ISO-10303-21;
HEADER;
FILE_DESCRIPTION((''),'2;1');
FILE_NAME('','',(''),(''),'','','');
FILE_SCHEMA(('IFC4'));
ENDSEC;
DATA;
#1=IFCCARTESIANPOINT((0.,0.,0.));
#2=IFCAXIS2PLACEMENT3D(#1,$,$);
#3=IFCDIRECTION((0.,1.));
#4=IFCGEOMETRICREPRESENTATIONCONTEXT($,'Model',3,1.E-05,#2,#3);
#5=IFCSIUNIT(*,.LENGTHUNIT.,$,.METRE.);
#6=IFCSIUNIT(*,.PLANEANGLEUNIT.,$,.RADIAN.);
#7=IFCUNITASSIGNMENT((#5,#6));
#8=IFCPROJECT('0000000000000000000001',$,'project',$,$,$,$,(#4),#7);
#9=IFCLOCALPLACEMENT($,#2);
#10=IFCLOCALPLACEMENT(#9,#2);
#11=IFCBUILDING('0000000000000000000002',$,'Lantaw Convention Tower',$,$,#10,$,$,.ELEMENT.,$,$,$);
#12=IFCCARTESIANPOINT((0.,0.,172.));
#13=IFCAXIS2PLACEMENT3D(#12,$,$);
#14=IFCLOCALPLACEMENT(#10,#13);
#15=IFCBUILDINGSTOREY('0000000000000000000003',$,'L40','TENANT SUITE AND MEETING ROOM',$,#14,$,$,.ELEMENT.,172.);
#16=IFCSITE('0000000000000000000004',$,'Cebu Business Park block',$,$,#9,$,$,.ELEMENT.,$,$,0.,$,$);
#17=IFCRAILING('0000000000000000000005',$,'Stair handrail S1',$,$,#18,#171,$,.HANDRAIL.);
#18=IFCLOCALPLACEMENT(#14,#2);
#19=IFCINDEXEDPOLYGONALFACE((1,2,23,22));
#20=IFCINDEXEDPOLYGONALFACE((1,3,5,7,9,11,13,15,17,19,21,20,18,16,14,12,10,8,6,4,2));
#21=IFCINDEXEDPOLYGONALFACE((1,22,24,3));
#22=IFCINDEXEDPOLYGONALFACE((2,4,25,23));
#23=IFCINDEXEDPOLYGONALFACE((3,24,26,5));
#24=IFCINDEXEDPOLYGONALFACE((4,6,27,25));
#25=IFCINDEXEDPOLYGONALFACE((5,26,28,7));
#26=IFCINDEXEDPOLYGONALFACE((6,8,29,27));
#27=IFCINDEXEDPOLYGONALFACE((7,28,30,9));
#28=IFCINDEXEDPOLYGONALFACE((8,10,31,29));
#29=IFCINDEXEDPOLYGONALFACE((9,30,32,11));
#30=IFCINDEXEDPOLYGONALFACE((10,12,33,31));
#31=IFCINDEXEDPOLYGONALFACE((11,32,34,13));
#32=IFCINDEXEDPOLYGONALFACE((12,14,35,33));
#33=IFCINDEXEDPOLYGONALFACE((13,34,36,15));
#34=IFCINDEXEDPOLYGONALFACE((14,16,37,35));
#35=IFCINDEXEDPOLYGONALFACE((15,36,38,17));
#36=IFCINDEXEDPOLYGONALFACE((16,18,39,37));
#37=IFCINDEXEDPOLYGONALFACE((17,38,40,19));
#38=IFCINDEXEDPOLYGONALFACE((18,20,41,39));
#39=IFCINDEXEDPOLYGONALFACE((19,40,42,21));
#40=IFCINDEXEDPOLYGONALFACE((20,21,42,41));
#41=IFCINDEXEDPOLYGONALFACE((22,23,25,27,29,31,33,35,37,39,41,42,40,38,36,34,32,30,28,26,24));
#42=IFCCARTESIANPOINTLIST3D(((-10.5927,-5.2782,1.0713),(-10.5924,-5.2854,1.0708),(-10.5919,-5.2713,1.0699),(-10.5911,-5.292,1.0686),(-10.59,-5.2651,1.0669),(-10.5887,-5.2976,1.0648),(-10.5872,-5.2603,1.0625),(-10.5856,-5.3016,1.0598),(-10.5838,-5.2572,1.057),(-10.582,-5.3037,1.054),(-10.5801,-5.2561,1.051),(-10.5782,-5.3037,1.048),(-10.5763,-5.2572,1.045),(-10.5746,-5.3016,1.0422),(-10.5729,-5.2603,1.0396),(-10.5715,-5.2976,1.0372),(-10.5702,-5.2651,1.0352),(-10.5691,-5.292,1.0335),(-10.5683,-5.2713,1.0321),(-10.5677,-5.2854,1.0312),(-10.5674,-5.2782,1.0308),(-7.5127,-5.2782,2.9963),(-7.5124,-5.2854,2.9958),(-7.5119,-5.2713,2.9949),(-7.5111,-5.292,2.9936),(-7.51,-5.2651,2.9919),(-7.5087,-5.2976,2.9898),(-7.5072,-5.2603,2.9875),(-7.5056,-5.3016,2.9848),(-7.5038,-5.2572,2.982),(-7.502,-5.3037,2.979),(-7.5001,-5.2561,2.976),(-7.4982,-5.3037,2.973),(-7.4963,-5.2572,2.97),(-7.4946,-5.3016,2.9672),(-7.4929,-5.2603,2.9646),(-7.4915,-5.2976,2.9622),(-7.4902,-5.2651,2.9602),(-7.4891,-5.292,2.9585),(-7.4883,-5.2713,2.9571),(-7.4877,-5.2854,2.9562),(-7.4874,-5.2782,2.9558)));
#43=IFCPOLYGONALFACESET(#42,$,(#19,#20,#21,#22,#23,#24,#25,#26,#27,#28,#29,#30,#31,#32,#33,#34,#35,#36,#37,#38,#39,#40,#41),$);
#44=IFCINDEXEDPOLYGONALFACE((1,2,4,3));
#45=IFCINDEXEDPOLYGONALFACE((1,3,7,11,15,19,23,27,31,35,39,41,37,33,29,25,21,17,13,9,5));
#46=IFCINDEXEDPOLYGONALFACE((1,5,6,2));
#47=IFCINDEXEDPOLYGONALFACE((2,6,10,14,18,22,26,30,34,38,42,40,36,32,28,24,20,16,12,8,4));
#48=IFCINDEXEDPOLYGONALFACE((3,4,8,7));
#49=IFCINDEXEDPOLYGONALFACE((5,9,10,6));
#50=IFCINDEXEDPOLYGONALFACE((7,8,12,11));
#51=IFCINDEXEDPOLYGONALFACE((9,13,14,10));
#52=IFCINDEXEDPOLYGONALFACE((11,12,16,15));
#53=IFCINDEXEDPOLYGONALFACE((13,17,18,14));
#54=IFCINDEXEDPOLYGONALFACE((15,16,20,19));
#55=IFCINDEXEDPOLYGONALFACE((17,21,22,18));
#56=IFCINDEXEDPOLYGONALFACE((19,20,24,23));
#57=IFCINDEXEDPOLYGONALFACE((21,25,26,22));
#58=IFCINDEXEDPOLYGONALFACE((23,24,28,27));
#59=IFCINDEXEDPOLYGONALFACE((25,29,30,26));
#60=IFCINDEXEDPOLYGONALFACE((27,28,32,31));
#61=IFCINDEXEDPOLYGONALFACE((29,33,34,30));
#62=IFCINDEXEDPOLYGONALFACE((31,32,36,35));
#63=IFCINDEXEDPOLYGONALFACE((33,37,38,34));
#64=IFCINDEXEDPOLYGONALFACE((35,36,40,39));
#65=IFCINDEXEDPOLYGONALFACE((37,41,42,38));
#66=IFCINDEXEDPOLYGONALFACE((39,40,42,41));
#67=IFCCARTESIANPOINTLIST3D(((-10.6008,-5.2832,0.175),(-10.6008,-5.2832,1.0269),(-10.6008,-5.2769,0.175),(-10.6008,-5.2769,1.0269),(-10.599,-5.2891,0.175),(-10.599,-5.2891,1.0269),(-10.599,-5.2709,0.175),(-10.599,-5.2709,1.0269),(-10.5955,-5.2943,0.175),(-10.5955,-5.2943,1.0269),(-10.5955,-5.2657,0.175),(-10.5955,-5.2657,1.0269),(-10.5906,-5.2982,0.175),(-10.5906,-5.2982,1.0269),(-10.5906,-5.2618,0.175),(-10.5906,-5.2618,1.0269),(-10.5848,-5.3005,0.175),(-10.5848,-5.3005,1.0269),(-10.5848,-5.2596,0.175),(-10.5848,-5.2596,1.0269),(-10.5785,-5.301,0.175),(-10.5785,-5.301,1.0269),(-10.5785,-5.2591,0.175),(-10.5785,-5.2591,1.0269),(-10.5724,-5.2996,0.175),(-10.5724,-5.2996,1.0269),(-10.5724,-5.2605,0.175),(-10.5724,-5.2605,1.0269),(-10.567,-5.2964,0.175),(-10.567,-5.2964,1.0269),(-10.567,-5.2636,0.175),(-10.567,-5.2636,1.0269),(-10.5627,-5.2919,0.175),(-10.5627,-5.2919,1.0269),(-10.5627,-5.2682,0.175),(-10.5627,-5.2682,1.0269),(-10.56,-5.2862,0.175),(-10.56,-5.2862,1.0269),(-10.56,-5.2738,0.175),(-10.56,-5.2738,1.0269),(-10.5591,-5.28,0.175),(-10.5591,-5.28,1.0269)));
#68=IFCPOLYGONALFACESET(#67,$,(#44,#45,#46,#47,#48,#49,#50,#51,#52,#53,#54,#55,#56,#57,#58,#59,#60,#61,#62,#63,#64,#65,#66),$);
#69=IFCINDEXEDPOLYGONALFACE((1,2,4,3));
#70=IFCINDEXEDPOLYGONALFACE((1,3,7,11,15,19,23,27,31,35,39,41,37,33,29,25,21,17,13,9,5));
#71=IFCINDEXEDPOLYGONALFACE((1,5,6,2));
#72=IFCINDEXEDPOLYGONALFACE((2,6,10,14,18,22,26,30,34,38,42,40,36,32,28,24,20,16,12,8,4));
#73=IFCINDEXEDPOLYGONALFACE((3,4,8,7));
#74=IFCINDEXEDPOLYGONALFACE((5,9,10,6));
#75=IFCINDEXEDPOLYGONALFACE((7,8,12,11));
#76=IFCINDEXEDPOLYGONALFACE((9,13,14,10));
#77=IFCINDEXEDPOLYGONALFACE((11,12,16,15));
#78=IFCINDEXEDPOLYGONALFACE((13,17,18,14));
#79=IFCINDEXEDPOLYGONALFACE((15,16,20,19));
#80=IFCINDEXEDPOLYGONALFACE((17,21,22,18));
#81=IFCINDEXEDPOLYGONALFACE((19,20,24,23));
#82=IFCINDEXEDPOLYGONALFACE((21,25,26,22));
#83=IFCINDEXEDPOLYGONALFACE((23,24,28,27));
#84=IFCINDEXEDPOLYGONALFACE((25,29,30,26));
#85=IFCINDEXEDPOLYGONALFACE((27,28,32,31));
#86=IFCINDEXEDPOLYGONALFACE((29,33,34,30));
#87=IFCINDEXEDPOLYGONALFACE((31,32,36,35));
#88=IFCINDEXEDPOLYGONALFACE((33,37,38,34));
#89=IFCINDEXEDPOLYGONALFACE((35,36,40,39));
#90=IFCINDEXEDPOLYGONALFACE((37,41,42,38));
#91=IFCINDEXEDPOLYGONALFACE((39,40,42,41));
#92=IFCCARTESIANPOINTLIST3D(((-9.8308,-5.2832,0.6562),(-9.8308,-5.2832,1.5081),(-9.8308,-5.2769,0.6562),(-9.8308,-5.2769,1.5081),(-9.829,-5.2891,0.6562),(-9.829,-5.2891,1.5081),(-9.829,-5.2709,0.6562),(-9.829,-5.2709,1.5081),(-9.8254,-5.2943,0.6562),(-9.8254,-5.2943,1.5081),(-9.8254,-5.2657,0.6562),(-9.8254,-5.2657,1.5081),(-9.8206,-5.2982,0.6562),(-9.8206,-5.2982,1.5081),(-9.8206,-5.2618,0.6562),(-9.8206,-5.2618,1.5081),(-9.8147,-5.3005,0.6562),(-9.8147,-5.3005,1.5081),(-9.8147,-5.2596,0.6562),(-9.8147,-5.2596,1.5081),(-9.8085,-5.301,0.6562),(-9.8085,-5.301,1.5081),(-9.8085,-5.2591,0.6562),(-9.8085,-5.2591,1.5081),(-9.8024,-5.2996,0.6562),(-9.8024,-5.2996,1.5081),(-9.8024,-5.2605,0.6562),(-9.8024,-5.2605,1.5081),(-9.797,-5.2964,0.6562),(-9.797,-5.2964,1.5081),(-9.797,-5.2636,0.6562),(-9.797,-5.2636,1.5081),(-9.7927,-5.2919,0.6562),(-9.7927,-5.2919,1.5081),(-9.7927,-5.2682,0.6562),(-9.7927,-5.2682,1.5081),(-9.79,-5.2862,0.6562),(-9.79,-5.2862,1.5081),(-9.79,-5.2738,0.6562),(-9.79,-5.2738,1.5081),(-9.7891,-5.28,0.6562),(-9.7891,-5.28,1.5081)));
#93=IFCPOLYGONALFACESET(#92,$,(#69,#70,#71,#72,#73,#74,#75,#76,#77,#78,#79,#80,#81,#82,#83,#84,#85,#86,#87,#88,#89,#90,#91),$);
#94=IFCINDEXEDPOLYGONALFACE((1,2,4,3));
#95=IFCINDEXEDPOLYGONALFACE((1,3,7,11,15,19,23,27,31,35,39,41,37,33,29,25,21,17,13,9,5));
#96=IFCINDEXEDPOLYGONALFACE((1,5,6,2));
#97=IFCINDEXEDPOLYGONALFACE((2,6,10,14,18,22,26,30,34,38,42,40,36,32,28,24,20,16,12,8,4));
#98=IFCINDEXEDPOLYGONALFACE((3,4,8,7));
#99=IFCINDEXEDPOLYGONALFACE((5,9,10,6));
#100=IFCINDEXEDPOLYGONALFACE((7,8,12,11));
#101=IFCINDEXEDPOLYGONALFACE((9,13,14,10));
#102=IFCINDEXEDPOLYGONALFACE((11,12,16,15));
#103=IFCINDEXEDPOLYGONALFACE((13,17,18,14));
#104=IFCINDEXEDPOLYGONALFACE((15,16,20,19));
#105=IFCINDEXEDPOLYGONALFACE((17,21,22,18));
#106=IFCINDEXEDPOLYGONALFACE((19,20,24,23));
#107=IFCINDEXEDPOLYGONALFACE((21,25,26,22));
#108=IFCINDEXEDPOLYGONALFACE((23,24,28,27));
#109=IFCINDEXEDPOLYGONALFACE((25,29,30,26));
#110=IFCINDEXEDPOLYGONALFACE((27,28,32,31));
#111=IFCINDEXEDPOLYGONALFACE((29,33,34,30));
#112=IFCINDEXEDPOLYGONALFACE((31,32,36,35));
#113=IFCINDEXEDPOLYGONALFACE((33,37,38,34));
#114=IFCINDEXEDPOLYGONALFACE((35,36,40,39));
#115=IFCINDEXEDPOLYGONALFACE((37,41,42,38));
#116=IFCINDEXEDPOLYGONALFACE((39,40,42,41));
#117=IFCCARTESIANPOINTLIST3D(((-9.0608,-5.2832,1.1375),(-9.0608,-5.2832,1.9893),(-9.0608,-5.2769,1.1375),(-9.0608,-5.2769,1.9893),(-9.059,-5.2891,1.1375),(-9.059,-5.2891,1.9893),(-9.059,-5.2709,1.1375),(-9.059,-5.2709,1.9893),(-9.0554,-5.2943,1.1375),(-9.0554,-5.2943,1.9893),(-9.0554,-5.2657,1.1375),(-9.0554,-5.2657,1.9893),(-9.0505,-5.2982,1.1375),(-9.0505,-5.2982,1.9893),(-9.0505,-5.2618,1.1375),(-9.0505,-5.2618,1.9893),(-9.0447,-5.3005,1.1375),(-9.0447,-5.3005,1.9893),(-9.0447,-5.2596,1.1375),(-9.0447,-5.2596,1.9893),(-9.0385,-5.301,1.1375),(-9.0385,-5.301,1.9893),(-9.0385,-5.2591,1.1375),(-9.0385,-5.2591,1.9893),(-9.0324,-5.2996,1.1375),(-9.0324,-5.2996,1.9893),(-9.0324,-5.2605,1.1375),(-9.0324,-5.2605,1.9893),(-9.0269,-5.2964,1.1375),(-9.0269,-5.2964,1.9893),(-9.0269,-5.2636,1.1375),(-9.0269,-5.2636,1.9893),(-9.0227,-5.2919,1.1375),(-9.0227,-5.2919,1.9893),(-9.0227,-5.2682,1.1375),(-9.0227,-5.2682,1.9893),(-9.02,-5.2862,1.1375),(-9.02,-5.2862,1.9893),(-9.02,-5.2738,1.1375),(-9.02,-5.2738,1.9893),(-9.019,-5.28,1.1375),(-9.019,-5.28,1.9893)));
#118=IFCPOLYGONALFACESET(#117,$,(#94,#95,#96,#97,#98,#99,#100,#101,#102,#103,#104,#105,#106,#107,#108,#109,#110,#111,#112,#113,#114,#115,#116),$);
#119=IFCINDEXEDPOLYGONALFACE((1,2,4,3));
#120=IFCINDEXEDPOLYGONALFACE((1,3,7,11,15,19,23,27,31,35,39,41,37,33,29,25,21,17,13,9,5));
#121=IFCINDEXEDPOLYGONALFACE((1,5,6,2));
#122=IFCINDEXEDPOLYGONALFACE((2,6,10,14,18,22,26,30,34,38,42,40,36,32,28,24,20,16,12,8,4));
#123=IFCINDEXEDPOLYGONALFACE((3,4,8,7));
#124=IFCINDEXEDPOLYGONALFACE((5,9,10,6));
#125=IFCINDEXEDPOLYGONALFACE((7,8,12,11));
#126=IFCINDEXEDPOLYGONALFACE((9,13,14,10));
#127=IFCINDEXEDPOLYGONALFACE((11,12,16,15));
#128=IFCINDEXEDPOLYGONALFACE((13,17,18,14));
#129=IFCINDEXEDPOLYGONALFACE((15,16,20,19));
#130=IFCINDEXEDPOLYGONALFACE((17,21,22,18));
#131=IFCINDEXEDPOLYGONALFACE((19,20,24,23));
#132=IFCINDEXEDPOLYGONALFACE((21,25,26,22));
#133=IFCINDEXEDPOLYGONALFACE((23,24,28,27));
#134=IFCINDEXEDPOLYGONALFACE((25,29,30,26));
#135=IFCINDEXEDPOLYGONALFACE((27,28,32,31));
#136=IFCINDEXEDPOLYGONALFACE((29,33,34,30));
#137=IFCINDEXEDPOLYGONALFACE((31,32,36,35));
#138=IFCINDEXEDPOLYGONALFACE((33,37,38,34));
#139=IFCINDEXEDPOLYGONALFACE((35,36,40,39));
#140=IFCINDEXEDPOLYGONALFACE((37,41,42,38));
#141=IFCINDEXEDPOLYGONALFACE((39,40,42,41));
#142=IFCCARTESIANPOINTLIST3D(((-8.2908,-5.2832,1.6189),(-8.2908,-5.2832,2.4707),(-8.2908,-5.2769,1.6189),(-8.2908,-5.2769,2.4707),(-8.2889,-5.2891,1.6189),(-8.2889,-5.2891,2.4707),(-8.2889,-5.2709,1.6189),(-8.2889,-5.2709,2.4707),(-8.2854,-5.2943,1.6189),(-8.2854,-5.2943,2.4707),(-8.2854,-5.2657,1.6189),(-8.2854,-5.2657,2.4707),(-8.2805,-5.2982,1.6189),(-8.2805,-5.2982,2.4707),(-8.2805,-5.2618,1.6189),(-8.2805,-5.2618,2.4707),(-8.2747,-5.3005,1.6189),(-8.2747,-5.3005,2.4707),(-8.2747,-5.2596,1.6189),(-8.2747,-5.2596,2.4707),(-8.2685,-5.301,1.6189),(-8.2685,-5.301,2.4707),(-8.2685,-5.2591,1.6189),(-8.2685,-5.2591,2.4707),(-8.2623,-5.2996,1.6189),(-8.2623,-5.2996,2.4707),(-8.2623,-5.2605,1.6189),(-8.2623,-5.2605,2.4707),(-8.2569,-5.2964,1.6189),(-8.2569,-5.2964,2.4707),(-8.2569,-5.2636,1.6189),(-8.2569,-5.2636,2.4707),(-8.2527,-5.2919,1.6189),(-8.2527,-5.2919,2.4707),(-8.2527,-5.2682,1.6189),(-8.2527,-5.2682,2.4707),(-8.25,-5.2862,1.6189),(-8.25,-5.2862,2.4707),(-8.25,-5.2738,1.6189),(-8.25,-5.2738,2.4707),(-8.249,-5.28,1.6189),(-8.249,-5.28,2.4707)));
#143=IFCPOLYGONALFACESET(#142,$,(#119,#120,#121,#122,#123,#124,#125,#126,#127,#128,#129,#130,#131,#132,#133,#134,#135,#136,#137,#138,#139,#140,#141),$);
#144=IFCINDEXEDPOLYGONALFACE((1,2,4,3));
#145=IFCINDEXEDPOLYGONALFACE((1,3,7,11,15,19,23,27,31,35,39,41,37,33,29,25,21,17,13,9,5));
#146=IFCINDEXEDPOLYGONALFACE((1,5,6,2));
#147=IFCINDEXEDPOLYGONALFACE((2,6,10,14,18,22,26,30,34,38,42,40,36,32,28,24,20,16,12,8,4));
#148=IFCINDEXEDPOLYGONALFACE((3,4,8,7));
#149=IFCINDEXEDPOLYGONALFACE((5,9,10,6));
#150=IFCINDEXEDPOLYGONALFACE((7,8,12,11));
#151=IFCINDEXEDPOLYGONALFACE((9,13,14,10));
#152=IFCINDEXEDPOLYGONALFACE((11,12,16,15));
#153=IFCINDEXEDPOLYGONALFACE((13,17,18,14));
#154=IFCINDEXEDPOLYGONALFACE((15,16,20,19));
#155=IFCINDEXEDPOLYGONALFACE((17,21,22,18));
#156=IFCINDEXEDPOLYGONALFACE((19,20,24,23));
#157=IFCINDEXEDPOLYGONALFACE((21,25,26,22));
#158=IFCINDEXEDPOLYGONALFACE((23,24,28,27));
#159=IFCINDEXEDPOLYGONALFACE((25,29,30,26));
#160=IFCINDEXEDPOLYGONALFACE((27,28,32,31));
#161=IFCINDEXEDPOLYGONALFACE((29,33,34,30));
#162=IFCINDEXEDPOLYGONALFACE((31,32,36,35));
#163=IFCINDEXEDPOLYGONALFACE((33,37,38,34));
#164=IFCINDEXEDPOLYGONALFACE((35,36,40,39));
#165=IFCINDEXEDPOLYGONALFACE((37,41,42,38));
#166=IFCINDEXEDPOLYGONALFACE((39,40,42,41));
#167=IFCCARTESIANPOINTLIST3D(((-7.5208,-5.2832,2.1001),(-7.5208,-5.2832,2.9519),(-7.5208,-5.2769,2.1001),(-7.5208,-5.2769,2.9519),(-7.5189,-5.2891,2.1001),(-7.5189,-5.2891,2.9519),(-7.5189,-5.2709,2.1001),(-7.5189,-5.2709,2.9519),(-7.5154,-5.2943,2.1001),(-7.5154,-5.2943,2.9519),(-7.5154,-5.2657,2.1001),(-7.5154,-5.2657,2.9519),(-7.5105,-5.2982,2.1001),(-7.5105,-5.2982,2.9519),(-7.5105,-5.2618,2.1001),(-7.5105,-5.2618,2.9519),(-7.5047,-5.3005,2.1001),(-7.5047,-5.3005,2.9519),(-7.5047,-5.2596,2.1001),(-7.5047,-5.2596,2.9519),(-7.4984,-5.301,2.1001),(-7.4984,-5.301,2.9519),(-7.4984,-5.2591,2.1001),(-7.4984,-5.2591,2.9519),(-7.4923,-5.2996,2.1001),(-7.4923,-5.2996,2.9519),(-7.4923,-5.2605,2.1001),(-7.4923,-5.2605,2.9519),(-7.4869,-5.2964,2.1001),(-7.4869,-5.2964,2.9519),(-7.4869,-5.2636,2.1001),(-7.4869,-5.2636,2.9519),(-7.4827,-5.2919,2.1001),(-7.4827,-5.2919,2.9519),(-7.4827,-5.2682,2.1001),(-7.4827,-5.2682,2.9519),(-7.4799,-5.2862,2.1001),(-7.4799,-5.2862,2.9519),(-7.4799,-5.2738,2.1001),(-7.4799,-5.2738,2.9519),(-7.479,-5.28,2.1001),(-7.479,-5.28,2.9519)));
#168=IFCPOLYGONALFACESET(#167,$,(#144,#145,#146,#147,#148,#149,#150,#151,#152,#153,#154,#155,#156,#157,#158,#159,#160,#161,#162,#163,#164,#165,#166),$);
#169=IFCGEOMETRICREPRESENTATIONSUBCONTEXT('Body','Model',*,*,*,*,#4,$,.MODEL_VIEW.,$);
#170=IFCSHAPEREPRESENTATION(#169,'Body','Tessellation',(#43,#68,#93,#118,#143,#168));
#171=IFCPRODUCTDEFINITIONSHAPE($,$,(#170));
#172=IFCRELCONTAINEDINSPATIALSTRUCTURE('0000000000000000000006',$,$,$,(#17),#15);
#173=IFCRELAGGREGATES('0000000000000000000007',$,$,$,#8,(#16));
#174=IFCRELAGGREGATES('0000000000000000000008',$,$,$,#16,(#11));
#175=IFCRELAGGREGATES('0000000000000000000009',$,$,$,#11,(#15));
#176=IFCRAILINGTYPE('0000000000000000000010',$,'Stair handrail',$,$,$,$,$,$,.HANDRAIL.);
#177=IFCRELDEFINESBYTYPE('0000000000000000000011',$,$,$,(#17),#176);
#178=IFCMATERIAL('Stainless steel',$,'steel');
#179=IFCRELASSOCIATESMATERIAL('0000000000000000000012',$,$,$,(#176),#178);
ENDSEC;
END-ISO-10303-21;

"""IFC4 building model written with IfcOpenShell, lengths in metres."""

from ifc_helpers import new_model, si_unit, direction, frame, origin, origin_2d, place, context, subcontext, project, spatial, circle, extrude, material, type_object, element, save


model = new_model("IFC4")

# Units and contexts
model_context = context("Model", 3, precision=1e-05, world=origin(), true_north=direction((0.0, 1.0)))
body_context = subcontext(model_context, "Body", "Model", "MODEL_VIEW")
ifc_project = project(units=[si_unit("LENGTHUNIT", "METRE"), si_unit("PLANEANGLEUNIT", "RADIAN")], contexts=[model_context])

# Site, building, storey
site_placement = place(None, origin())
site = spatial("IfcSite", under=ifc_project, at=site_placement, Name="Cebu Business Park block", CompositionType="ELEMENT", RefElevation=0.0)
building_placement = place(site_placement, origin())
building = spatial("IfcBuilding", under=site, at=building_placement, Name="Lantaw Convention Tower", CompositionType="ELEMENT")
storey_placement = place(building_placement, frame((0.0, 0.0, 172.0)))
storey = spatial("IfcBuildingStorey", under=building, at=storey_placement, Name="L40", Description="TENANT SUITE AND MEETING ROOM", CompositionType="ELEMENT", Elevation=172.0)

# Railing
ifc_material_1 = material(Name="Stainless steel", Category="steel")
railing_type = type_object("IfcRailingType", Name="Stair handrail", PredefinedType="HANDRAIL", material=ifc_material_1)
railing_1_placement = place(storey_placement, frame((-10.5801, -5.28, 0.175)))
element("IfcRailing", 1, at=railing_1_placement, inside=storey, type_object=railing_type, Name="Stair handrail S1", PredefinedType="HANDRAIL", context=body_context, shape_type="SweptSolid", body=[
    extrude(circle(Radius=0.0239, at=origin_2d()), frame((0.0, 0.0, 0.876), z_axis=(0.847998, 0.0, 0.529999), x_axis=(0.0, 1.0, 0.0)), (0.0, 0.0, 1.0), 3.6321),
    extrude(circle(Radius=0.021, at=origin_2d()), origin(), (0.0, 0.0, 1.0), 0.8518),
    extrude(circle(Radius=0.021, at=origin_2d()), frame((0.77, 0.0, 0.4812)), (0.0, 0.0, 1.0), 0.8518),
    extrude(circle(Radius=0.021, at=origin_2d()), frame((1.54, 0.0, 0.9624)), (0.0, 0.0, 1.0), 0.8518),
    extrude(circle(Radius=0.021, at=origin_2d()), frame((2.3101, 0.0, 1.4438)), (0.0, 0.0, 1.0), 0.8518),
    extrude(circle(Radius=0.021, at=origin_2d()), frame((3.0801, 0.0, 1.925)), (0.0, 0.0, 1.0), 0.8518),
])

save(model, "model.ifc")
